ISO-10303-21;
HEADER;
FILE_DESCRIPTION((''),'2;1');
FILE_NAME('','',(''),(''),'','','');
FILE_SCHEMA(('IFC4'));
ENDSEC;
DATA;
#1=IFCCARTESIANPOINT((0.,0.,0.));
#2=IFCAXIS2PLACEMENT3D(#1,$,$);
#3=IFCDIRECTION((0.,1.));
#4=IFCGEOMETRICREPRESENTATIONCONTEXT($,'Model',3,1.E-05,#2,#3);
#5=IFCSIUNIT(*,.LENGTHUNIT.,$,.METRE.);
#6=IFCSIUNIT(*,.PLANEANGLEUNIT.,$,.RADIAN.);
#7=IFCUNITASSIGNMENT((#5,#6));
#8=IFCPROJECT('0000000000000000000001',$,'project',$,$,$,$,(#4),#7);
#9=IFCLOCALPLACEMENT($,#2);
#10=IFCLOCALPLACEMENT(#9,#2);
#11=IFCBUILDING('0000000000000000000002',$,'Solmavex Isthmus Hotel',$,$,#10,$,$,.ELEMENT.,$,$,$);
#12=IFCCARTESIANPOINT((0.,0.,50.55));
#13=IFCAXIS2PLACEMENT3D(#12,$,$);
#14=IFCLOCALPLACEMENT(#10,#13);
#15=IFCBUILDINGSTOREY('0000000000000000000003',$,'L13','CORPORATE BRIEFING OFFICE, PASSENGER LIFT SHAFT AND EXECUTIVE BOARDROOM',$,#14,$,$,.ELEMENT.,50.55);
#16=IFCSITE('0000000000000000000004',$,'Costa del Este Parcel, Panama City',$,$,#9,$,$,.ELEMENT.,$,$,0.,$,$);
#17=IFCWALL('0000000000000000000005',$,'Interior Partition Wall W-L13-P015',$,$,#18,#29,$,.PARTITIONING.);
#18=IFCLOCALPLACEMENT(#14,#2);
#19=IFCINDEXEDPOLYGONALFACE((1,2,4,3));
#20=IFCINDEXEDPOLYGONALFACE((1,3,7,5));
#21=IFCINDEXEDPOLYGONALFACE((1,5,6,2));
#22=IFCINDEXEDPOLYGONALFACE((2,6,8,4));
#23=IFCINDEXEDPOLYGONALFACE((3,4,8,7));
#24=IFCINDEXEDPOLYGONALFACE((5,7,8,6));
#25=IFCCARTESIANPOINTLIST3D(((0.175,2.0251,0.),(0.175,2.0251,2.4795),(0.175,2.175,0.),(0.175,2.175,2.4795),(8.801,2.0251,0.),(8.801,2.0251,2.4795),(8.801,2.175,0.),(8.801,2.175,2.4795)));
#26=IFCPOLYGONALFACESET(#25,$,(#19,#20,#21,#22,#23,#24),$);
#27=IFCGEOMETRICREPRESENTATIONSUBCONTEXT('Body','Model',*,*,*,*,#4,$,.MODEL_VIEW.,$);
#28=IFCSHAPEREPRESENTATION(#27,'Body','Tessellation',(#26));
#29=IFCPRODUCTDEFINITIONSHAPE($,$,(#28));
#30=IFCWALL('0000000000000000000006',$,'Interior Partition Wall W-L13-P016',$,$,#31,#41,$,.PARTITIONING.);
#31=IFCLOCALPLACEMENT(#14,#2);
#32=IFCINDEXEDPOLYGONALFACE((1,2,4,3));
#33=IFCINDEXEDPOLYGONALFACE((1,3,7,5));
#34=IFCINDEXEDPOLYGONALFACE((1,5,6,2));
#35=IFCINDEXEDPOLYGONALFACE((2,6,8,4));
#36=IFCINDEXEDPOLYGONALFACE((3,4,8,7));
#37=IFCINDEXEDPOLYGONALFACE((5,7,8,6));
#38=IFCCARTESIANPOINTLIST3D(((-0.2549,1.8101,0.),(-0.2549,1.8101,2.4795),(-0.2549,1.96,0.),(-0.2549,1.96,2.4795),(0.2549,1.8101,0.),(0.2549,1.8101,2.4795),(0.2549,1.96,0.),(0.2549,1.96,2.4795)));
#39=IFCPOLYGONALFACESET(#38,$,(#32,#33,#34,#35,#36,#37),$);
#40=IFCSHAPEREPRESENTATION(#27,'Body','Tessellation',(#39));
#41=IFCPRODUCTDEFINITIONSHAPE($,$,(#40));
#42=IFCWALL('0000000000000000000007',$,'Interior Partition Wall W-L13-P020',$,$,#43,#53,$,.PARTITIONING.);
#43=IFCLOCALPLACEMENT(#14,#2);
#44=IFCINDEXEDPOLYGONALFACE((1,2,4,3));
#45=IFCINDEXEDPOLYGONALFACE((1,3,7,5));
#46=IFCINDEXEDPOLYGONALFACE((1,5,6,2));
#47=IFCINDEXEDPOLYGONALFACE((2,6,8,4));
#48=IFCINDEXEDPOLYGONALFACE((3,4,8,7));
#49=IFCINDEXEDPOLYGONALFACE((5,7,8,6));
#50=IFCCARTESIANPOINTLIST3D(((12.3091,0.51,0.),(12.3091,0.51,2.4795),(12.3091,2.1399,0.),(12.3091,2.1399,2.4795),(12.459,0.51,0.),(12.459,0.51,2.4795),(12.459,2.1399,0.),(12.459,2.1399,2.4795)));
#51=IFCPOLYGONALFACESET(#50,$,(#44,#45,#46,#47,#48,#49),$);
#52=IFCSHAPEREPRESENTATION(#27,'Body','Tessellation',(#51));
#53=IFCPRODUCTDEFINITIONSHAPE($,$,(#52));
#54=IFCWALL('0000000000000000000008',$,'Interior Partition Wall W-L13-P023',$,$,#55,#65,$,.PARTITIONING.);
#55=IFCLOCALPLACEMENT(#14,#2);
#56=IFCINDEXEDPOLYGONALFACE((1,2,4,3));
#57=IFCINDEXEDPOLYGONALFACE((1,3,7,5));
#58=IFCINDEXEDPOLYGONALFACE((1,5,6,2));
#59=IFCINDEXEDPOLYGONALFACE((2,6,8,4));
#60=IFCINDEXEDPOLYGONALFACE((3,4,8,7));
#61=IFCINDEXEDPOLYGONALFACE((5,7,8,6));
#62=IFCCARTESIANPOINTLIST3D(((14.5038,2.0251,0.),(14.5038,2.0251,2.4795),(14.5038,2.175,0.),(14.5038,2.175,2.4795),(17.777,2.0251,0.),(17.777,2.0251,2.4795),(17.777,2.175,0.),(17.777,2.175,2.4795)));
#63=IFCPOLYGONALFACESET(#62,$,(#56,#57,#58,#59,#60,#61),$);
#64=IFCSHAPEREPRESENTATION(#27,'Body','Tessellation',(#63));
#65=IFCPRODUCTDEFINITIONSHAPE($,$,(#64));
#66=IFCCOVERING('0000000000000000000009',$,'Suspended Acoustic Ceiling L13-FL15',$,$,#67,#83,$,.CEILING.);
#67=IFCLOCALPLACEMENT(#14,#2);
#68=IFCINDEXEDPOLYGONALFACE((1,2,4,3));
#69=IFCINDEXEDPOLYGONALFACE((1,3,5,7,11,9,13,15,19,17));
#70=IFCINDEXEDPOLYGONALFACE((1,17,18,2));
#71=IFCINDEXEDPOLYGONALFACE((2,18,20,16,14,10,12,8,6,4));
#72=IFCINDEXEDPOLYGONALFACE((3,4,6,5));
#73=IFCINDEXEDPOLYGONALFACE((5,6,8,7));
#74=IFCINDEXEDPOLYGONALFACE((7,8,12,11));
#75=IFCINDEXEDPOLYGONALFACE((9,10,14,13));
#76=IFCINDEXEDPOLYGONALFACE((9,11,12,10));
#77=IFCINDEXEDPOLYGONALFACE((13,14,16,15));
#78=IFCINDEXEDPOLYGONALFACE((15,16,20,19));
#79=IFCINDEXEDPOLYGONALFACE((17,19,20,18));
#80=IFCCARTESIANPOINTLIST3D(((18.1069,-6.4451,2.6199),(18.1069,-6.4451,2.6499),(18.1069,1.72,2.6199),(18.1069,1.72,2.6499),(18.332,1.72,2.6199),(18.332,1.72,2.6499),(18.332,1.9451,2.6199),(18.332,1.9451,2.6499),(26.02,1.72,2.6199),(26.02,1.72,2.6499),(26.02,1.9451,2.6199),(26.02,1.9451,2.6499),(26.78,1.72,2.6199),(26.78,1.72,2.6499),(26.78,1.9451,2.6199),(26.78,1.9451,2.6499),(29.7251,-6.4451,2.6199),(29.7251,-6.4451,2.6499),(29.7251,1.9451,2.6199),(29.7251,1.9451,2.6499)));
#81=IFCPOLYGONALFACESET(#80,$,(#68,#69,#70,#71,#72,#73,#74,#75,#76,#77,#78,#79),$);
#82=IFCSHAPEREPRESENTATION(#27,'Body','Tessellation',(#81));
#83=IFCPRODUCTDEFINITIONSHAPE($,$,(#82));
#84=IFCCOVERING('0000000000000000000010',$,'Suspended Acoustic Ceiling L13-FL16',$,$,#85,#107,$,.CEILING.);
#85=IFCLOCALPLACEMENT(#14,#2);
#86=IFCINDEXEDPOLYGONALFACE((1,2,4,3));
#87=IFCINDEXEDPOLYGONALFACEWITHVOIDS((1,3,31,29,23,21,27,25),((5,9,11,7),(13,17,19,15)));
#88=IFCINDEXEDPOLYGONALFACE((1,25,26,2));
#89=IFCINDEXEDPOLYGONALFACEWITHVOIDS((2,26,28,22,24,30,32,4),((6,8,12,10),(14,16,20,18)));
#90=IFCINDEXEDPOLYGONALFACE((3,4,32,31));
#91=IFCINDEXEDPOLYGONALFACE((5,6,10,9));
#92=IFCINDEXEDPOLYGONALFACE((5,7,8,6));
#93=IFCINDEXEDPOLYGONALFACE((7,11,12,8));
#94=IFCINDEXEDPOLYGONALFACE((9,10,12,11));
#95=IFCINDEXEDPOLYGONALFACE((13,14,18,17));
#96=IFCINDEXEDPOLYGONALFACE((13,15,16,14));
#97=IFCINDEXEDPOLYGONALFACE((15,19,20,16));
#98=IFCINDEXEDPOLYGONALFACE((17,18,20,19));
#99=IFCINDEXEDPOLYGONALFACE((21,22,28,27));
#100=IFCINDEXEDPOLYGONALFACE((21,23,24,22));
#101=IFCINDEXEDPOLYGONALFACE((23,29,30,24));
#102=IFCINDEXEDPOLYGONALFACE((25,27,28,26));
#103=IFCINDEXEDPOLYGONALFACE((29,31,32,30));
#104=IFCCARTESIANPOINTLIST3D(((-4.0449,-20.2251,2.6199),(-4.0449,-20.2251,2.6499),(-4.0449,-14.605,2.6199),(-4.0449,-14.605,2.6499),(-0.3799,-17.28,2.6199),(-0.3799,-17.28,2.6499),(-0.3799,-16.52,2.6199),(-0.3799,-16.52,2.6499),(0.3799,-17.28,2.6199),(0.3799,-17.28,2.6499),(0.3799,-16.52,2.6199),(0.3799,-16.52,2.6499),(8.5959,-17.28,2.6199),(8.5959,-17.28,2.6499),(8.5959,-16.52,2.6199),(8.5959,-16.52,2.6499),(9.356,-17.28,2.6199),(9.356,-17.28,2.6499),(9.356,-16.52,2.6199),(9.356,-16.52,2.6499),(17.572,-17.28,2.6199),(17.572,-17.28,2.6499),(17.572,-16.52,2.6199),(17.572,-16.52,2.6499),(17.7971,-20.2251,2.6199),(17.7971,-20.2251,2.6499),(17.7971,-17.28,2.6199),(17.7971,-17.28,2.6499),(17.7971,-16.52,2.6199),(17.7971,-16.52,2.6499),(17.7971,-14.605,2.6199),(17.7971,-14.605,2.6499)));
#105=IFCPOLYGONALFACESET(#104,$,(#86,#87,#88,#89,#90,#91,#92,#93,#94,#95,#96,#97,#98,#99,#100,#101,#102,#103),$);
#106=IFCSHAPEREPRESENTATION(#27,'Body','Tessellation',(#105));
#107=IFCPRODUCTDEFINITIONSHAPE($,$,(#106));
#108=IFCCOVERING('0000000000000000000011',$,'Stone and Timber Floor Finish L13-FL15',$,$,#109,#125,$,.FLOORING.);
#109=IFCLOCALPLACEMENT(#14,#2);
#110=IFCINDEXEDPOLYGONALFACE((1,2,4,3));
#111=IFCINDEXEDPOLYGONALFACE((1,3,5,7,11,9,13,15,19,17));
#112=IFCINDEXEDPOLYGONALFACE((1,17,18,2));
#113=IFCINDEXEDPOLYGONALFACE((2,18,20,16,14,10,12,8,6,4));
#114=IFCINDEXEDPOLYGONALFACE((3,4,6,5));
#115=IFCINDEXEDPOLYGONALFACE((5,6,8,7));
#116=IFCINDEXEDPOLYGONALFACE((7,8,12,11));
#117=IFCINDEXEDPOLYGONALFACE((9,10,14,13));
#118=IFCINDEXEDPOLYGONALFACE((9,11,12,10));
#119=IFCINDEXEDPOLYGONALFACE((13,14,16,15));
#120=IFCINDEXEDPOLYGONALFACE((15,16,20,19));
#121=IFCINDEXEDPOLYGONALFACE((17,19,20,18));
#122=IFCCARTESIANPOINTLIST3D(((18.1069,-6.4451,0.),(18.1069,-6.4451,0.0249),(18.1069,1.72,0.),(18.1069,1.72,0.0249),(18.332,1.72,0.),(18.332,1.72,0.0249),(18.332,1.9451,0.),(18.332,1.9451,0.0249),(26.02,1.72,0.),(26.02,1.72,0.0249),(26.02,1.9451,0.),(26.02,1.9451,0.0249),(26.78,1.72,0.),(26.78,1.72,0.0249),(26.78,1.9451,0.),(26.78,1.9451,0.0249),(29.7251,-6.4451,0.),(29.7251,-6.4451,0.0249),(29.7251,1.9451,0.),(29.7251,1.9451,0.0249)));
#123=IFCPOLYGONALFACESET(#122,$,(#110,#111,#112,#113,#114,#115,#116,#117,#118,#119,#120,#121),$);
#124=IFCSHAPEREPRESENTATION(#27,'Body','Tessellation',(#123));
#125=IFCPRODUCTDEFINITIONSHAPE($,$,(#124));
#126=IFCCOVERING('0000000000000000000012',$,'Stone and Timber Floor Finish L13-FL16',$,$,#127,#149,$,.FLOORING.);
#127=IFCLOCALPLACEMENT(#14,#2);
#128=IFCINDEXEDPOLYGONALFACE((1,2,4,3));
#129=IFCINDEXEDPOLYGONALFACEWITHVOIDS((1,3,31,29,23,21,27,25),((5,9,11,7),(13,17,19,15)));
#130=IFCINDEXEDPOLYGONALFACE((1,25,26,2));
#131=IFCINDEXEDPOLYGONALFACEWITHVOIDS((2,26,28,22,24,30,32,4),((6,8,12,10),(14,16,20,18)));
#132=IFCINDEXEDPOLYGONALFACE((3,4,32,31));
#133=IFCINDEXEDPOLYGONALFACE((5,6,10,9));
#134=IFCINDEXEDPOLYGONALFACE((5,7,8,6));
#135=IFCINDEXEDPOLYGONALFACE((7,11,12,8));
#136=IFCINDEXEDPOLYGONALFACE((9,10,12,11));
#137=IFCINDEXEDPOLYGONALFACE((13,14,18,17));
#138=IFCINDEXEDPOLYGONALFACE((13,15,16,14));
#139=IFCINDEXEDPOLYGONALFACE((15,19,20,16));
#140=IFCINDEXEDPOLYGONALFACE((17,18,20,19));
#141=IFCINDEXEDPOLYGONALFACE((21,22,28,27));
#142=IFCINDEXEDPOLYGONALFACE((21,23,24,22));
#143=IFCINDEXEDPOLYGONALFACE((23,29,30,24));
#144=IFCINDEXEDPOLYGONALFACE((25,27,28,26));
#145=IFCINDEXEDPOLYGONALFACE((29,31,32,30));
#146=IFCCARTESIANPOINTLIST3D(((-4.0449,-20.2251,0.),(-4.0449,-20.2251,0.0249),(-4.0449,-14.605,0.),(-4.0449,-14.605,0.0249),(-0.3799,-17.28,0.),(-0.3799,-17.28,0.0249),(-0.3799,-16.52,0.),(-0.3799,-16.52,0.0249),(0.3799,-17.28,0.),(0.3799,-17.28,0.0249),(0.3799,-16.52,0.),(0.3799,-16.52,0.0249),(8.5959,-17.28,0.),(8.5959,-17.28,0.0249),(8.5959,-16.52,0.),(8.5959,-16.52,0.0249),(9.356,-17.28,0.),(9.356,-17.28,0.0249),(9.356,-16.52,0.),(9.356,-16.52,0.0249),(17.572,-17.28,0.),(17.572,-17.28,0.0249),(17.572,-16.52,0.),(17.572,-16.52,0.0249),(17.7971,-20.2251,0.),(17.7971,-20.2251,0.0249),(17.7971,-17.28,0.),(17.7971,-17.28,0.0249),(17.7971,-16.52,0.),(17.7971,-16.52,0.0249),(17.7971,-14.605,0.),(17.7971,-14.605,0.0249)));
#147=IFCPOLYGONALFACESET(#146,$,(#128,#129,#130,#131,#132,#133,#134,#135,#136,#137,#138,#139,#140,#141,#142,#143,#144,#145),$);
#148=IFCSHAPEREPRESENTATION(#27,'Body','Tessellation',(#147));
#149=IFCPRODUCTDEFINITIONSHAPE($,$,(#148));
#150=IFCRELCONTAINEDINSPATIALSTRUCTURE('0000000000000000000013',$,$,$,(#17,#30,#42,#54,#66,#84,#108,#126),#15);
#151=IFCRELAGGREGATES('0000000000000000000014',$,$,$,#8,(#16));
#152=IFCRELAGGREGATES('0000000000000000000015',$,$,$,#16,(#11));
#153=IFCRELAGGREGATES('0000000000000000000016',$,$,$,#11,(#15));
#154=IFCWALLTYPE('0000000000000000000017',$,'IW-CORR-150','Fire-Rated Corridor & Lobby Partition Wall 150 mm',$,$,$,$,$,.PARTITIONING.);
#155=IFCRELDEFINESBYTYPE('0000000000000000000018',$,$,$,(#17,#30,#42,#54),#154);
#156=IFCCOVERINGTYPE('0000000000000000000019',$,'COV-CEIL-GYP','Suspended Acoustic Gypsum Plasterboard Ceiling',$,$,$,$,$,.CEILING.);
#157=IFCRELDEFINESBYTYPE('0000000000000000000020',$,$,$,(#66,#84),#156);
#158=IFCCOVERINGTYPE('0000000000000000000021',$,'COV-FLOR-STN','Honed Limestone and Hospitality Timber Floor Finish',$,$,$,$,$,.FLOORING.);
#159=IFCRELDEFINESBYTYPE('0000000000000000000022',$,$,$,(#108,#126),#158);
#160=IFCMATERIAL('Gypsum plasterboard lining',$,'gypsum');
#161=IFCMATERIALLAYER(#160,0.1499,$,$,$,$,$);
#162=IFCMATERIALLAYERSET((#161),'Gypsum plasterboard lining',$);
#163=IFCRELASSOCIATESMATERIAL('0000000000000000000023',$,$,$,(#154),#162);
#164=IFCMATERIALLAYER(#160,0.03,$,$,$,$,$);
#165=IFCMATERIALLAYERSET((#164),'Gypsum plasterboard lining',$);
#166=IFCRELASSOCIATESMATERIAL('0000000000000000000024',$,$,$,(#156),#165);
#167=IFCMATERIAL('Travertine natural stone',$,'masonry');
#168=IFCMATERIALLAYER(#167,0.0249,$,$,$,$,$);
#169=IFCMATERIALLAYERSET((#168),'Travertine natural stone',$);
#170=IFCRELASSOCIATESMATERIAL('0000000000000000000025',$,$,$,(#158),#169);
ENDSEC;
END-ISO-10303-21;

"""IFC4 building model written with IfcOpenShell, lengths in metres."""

from ifc_helpers import new_model, si_unit, direction, frame, frame_2d, origin, place, context, subcontext, project, spatial, polyline, rectangle, outline, extrude, material, layer, layer_set, type_object, element, save


model = new_model("IFC4")

# Units and contexts
model_context = context("Model", 3, precision=1e-05, world=origin(), true_north=direction((0.0, 1.0)))
body_context = subcontext(model_context, "Body", "Model", "MODEL_VIEW")
ifc_project = project(units=[si_unit("LENGTHUNIT", "METRE"), si_unit("PLANEANGLEUNIT", "RADIAN")], contexts=[model_context])

# Site, building, storey
site_placement = place(None, origin())
site = spatial("IfcSite", under=ifc_project, at=site_placement, Name="Costa del Este Parcel, Panama City", CompositionType="ELEMENT", RefElevation=0.0)
building_placement = place(site_placement, origin())
building = spatial("IfcBuilding", under=site, at=building_placement, Name="Solmavex Isthmus Hotel", CompositionType="ELEMENT")
storey_placement = place(building_placement, frame((0.0, 0.0, 50.55)))
storey = spatial("IfcBuildingStorey", under=building, at=storey_placement, Name="L13", Description="CORPORATE BRIEFING OFFICE, PASSENGER LIFT SHAFT AND EXECUTIVE BOARDROOM", CompositionType="ELEMENT", Elevation=50.55)

# Shared definitions
ifc_material_1 = material(Name="Gypsum plasterboard lining", Category="gypsum")

# Shared definitions
ifc_layer_1 = layer(ifc_material_1, 0.1499)
ifc_layer_set_1 = layer_set([ifc_layer_1], Name="Gypsum plasterboard lining")
wall_type_1 = type_object("IfcWallType", Name="IW-CORR-150", Description="Fire-Rated Corridor & Lobby Partition Wall 150 mm", PredefinedType="PARTITIONING", material=ifc_layer_set_1)

# Walls
wall_1_placement = place(storey_placement, frame((8.801, 2.1001, 0.0), z_axis=(0.0, 0.0, 1.0), x_axis=(-1.0, 0.0, 0.0)))
element("IfcWall", 1, at=wall_1_placement, inside=storey, type_object=wall_type_1, Name="Interior Partition Wall W-L13-P015", PredefinedType="PARTITIONING", context=body_context, shape_type="SweptSolid", body=[
    extrude(rectangle(XDim=8.626, YDim=0.1499, at=frame_2d((4.313, 0.0))), origin(), (0.0, 0.0, 1.0), 2.4795),
])
wall_2_placement = place(storey_placement, frame((0.2549, 1.885, 0.0), z_axis=(0.0, 0.0, 1.0), x_axis=(-1.0, 0.0, 0.0)))
element("IfcWall", 2, at=wall_2_placement, inside=storey, type_object=wall_type_1, Name="Interior Partition Wall W-L13-P016", PredefinedType="PARTITIONING", context=body_context, shape_type="SweptSolid", body=[
    extrude(rectangle(XDim=0.5098, YDim=0.1499, at=frame_2d((0.2549, 0.0))), origin(), (0.0, 0.0, 1.0), 2.4795),
])
wall_3_placement = place(storey_placement, frame((12.384, 0.51, 0.0), z_axis=(0.0, 0.0, 1.0), x_axis=(0.0, 1.0, 0.0)))
element("IfcWall", 3, at=wall_3_placement, inside=storey, type_object=wall_type_1, Name="Interior Partition Wall W-L13-P020", PredefinedType="PARTITIONING", context=body_context, shape_type="SweptSolid", body=[
    extrude(rectangle(XDim=1.6299, YDim=0.1499, at=frame_2d((0.8149, 0.0))), origin(), (0.0, 0.0, 1.0), 2.4795),
])
wall_4_placement = place(storey_placement, frame((17.7771, 2.1001, 0.0), z_axis=(0.0, 0.0, 1.0), x_axis=(-1.0, 0.0, 0.0)))
element("IfcWall", 4, at=wall_4_placement, inside=storey, type_object=wall_type_1, Name="Interior Partition Wall W-L13-P023", PredefinedType="PARTITIONING", context=body_context, shape_type="SweptSolid", body=[
    extrude(rectangle(XDim=3.2732, YDim=0.1499, at=frame_2d((1.6367, 0.0))), origin(), (0.0, 0.0, 1.0), 2.4795),
])

# Coverings
ifc_layer_2 = layer(ifc_material_1, 0.03)
ifc_layer_set_2 = layer_set([ifc_layer_2], Name="Gypsum plasterboard lining")
covering_type_1 = type_object("IfcCoveringType", Name="COV-CEIL-GYP", Description="Suspended Acoustic Gypsum Plasterboard Ceiling", PredefinedType="CEILING", material=ifc_layer_set_2)
covering_1_placement = place(storey_placement, frame((0.0, 0.0, 2.6199)))
element("IfcCovering", 5, at=covering_1_placement, inside=storey, type_object=covering_type_1, Name="Suspended Acoustic Ceiling L13-FL15", PredefinedType="CEILING", context=body_context, shape_type="SweptSolid", body=[
    extrude(outline(polyline([(26.78, 1.9451), (26.78, 1.72), (26.02, 1.72), (26.02, 1.9451), (18.332, 1.9451), (18.332, 1.72), (18.1069, 1.72), (18.1069, -6.4451), (29.7251, -6.4451), (29.7251, 1.9451), (26.78, 1.9451)])), origin(), (0.0, 0.0, 1.0), 0.03),
])
covering_2_placement = place(storey_placement, frame((0.0, 0.0, 2.6199)))
element("IfcCovering", 6, at=covering_2_placement, inside=storey, type_object=covering_type_1, Name="Suspended Acoustic Ceiling L13-FL16", PredefinedType="CEILING", context=body_context, shape_type="SweptSolid", body=[
    extrude(outline(polyline([(17.7971, -17.28), (17.572, -17.28), (17.572, -16.52), (17.7971, -16.52), (17.7971, -14.605), (-4.0449, -14.605), (-4.0449, -20.2251), (17.7971, -20.2251), (17.7971, -17.28)]), holes=[polyline([(8.5959, -17.28), (8.5959, -16.52), (9.356, -16.52), (9.356, -17.28), (8.5959, -17.28)]), polyline([(-0.3799, -17.28), (-0.3799, -16.52), (0.3799, -16.52), (0.3799, -17.28), (-0.3799, -17.28)])]), origin(), (0.0, 0.0, 1.0), 0.03),
])
ifc_material_2 = material(Name="Travertine natural stone", Category="masonry")
ifc_layer_3 = layer(ifc_material_2, 0.0249)
ifc_layer_set_3 = layer_set([ifc_layer_3], Name="Travertine natural stone")
covering_type_2 = type_object("IfcCoveringType", Name="COV-FLOR-STN", Description="Honed Limestone and Hospitality Timber Floor Finish", PredefinedType="FLOORING", material=ifc_layer_set_3)
covering_3_placement = place(storey_placement, origin())
element("IfcCovering", 7, at=covering_3_placement, inside=storey, type_object=covering_type_2, Name="Stone and Timber Floor Finish L13-FL15", PredefinedType="FLOORING", context=body_context, shape_type="SweptSolid", body=[
    extrude(outline(polyline([(26.78, 1.9451), (26.78, 1.72), (26.02, 1.72), (26.02, 1.9451), (18.332, 1.9451), (18.332, 1.72), (18.1069, 1.72), (18.1069, -6.4451), (29.7251, -6.4451), (29.7251, 1.9451), (26.78, 1.9451)])), origin(), (0.0, 0.0, 1.0), 0.0249),
])
covering_4_placement = place(storey_placement, origin())
element("IfcCovering", 8, at=covering_4_placement, inside=storey, type_object=covering_type_2, Name="Stone and Timber Floor Finish L13-FL16", PredefinedType="FLOORING", context=body_context, shape_type="SweptSolid", body=[
    extrude(outline(polyline([(17.7971, -17.28), (17.572, -17.28), (17.572, -16.52), (17.7971, -16.52), (17.7971, -14.605), (-4.0449, -14.605), (-4.0449, -20.2251), (17.7971, -20.2251), (17.7971, -17.28)]), holes=[polyline([(8.5959, -17.28), (8.5959, -16.52), (9.356, -16.52), (9.356, -17.28), (8.5959, -17.28)]), polyline([(-0.3799, -17.28), (-0.3799, -16.52), (0.3799, -16.52), (0.3799, -17.28), (-0.3799, -17.28)])]), origin(), (0.0, 0.0, 1.0), 0.0249),
])

save(model, "model.ifc")
